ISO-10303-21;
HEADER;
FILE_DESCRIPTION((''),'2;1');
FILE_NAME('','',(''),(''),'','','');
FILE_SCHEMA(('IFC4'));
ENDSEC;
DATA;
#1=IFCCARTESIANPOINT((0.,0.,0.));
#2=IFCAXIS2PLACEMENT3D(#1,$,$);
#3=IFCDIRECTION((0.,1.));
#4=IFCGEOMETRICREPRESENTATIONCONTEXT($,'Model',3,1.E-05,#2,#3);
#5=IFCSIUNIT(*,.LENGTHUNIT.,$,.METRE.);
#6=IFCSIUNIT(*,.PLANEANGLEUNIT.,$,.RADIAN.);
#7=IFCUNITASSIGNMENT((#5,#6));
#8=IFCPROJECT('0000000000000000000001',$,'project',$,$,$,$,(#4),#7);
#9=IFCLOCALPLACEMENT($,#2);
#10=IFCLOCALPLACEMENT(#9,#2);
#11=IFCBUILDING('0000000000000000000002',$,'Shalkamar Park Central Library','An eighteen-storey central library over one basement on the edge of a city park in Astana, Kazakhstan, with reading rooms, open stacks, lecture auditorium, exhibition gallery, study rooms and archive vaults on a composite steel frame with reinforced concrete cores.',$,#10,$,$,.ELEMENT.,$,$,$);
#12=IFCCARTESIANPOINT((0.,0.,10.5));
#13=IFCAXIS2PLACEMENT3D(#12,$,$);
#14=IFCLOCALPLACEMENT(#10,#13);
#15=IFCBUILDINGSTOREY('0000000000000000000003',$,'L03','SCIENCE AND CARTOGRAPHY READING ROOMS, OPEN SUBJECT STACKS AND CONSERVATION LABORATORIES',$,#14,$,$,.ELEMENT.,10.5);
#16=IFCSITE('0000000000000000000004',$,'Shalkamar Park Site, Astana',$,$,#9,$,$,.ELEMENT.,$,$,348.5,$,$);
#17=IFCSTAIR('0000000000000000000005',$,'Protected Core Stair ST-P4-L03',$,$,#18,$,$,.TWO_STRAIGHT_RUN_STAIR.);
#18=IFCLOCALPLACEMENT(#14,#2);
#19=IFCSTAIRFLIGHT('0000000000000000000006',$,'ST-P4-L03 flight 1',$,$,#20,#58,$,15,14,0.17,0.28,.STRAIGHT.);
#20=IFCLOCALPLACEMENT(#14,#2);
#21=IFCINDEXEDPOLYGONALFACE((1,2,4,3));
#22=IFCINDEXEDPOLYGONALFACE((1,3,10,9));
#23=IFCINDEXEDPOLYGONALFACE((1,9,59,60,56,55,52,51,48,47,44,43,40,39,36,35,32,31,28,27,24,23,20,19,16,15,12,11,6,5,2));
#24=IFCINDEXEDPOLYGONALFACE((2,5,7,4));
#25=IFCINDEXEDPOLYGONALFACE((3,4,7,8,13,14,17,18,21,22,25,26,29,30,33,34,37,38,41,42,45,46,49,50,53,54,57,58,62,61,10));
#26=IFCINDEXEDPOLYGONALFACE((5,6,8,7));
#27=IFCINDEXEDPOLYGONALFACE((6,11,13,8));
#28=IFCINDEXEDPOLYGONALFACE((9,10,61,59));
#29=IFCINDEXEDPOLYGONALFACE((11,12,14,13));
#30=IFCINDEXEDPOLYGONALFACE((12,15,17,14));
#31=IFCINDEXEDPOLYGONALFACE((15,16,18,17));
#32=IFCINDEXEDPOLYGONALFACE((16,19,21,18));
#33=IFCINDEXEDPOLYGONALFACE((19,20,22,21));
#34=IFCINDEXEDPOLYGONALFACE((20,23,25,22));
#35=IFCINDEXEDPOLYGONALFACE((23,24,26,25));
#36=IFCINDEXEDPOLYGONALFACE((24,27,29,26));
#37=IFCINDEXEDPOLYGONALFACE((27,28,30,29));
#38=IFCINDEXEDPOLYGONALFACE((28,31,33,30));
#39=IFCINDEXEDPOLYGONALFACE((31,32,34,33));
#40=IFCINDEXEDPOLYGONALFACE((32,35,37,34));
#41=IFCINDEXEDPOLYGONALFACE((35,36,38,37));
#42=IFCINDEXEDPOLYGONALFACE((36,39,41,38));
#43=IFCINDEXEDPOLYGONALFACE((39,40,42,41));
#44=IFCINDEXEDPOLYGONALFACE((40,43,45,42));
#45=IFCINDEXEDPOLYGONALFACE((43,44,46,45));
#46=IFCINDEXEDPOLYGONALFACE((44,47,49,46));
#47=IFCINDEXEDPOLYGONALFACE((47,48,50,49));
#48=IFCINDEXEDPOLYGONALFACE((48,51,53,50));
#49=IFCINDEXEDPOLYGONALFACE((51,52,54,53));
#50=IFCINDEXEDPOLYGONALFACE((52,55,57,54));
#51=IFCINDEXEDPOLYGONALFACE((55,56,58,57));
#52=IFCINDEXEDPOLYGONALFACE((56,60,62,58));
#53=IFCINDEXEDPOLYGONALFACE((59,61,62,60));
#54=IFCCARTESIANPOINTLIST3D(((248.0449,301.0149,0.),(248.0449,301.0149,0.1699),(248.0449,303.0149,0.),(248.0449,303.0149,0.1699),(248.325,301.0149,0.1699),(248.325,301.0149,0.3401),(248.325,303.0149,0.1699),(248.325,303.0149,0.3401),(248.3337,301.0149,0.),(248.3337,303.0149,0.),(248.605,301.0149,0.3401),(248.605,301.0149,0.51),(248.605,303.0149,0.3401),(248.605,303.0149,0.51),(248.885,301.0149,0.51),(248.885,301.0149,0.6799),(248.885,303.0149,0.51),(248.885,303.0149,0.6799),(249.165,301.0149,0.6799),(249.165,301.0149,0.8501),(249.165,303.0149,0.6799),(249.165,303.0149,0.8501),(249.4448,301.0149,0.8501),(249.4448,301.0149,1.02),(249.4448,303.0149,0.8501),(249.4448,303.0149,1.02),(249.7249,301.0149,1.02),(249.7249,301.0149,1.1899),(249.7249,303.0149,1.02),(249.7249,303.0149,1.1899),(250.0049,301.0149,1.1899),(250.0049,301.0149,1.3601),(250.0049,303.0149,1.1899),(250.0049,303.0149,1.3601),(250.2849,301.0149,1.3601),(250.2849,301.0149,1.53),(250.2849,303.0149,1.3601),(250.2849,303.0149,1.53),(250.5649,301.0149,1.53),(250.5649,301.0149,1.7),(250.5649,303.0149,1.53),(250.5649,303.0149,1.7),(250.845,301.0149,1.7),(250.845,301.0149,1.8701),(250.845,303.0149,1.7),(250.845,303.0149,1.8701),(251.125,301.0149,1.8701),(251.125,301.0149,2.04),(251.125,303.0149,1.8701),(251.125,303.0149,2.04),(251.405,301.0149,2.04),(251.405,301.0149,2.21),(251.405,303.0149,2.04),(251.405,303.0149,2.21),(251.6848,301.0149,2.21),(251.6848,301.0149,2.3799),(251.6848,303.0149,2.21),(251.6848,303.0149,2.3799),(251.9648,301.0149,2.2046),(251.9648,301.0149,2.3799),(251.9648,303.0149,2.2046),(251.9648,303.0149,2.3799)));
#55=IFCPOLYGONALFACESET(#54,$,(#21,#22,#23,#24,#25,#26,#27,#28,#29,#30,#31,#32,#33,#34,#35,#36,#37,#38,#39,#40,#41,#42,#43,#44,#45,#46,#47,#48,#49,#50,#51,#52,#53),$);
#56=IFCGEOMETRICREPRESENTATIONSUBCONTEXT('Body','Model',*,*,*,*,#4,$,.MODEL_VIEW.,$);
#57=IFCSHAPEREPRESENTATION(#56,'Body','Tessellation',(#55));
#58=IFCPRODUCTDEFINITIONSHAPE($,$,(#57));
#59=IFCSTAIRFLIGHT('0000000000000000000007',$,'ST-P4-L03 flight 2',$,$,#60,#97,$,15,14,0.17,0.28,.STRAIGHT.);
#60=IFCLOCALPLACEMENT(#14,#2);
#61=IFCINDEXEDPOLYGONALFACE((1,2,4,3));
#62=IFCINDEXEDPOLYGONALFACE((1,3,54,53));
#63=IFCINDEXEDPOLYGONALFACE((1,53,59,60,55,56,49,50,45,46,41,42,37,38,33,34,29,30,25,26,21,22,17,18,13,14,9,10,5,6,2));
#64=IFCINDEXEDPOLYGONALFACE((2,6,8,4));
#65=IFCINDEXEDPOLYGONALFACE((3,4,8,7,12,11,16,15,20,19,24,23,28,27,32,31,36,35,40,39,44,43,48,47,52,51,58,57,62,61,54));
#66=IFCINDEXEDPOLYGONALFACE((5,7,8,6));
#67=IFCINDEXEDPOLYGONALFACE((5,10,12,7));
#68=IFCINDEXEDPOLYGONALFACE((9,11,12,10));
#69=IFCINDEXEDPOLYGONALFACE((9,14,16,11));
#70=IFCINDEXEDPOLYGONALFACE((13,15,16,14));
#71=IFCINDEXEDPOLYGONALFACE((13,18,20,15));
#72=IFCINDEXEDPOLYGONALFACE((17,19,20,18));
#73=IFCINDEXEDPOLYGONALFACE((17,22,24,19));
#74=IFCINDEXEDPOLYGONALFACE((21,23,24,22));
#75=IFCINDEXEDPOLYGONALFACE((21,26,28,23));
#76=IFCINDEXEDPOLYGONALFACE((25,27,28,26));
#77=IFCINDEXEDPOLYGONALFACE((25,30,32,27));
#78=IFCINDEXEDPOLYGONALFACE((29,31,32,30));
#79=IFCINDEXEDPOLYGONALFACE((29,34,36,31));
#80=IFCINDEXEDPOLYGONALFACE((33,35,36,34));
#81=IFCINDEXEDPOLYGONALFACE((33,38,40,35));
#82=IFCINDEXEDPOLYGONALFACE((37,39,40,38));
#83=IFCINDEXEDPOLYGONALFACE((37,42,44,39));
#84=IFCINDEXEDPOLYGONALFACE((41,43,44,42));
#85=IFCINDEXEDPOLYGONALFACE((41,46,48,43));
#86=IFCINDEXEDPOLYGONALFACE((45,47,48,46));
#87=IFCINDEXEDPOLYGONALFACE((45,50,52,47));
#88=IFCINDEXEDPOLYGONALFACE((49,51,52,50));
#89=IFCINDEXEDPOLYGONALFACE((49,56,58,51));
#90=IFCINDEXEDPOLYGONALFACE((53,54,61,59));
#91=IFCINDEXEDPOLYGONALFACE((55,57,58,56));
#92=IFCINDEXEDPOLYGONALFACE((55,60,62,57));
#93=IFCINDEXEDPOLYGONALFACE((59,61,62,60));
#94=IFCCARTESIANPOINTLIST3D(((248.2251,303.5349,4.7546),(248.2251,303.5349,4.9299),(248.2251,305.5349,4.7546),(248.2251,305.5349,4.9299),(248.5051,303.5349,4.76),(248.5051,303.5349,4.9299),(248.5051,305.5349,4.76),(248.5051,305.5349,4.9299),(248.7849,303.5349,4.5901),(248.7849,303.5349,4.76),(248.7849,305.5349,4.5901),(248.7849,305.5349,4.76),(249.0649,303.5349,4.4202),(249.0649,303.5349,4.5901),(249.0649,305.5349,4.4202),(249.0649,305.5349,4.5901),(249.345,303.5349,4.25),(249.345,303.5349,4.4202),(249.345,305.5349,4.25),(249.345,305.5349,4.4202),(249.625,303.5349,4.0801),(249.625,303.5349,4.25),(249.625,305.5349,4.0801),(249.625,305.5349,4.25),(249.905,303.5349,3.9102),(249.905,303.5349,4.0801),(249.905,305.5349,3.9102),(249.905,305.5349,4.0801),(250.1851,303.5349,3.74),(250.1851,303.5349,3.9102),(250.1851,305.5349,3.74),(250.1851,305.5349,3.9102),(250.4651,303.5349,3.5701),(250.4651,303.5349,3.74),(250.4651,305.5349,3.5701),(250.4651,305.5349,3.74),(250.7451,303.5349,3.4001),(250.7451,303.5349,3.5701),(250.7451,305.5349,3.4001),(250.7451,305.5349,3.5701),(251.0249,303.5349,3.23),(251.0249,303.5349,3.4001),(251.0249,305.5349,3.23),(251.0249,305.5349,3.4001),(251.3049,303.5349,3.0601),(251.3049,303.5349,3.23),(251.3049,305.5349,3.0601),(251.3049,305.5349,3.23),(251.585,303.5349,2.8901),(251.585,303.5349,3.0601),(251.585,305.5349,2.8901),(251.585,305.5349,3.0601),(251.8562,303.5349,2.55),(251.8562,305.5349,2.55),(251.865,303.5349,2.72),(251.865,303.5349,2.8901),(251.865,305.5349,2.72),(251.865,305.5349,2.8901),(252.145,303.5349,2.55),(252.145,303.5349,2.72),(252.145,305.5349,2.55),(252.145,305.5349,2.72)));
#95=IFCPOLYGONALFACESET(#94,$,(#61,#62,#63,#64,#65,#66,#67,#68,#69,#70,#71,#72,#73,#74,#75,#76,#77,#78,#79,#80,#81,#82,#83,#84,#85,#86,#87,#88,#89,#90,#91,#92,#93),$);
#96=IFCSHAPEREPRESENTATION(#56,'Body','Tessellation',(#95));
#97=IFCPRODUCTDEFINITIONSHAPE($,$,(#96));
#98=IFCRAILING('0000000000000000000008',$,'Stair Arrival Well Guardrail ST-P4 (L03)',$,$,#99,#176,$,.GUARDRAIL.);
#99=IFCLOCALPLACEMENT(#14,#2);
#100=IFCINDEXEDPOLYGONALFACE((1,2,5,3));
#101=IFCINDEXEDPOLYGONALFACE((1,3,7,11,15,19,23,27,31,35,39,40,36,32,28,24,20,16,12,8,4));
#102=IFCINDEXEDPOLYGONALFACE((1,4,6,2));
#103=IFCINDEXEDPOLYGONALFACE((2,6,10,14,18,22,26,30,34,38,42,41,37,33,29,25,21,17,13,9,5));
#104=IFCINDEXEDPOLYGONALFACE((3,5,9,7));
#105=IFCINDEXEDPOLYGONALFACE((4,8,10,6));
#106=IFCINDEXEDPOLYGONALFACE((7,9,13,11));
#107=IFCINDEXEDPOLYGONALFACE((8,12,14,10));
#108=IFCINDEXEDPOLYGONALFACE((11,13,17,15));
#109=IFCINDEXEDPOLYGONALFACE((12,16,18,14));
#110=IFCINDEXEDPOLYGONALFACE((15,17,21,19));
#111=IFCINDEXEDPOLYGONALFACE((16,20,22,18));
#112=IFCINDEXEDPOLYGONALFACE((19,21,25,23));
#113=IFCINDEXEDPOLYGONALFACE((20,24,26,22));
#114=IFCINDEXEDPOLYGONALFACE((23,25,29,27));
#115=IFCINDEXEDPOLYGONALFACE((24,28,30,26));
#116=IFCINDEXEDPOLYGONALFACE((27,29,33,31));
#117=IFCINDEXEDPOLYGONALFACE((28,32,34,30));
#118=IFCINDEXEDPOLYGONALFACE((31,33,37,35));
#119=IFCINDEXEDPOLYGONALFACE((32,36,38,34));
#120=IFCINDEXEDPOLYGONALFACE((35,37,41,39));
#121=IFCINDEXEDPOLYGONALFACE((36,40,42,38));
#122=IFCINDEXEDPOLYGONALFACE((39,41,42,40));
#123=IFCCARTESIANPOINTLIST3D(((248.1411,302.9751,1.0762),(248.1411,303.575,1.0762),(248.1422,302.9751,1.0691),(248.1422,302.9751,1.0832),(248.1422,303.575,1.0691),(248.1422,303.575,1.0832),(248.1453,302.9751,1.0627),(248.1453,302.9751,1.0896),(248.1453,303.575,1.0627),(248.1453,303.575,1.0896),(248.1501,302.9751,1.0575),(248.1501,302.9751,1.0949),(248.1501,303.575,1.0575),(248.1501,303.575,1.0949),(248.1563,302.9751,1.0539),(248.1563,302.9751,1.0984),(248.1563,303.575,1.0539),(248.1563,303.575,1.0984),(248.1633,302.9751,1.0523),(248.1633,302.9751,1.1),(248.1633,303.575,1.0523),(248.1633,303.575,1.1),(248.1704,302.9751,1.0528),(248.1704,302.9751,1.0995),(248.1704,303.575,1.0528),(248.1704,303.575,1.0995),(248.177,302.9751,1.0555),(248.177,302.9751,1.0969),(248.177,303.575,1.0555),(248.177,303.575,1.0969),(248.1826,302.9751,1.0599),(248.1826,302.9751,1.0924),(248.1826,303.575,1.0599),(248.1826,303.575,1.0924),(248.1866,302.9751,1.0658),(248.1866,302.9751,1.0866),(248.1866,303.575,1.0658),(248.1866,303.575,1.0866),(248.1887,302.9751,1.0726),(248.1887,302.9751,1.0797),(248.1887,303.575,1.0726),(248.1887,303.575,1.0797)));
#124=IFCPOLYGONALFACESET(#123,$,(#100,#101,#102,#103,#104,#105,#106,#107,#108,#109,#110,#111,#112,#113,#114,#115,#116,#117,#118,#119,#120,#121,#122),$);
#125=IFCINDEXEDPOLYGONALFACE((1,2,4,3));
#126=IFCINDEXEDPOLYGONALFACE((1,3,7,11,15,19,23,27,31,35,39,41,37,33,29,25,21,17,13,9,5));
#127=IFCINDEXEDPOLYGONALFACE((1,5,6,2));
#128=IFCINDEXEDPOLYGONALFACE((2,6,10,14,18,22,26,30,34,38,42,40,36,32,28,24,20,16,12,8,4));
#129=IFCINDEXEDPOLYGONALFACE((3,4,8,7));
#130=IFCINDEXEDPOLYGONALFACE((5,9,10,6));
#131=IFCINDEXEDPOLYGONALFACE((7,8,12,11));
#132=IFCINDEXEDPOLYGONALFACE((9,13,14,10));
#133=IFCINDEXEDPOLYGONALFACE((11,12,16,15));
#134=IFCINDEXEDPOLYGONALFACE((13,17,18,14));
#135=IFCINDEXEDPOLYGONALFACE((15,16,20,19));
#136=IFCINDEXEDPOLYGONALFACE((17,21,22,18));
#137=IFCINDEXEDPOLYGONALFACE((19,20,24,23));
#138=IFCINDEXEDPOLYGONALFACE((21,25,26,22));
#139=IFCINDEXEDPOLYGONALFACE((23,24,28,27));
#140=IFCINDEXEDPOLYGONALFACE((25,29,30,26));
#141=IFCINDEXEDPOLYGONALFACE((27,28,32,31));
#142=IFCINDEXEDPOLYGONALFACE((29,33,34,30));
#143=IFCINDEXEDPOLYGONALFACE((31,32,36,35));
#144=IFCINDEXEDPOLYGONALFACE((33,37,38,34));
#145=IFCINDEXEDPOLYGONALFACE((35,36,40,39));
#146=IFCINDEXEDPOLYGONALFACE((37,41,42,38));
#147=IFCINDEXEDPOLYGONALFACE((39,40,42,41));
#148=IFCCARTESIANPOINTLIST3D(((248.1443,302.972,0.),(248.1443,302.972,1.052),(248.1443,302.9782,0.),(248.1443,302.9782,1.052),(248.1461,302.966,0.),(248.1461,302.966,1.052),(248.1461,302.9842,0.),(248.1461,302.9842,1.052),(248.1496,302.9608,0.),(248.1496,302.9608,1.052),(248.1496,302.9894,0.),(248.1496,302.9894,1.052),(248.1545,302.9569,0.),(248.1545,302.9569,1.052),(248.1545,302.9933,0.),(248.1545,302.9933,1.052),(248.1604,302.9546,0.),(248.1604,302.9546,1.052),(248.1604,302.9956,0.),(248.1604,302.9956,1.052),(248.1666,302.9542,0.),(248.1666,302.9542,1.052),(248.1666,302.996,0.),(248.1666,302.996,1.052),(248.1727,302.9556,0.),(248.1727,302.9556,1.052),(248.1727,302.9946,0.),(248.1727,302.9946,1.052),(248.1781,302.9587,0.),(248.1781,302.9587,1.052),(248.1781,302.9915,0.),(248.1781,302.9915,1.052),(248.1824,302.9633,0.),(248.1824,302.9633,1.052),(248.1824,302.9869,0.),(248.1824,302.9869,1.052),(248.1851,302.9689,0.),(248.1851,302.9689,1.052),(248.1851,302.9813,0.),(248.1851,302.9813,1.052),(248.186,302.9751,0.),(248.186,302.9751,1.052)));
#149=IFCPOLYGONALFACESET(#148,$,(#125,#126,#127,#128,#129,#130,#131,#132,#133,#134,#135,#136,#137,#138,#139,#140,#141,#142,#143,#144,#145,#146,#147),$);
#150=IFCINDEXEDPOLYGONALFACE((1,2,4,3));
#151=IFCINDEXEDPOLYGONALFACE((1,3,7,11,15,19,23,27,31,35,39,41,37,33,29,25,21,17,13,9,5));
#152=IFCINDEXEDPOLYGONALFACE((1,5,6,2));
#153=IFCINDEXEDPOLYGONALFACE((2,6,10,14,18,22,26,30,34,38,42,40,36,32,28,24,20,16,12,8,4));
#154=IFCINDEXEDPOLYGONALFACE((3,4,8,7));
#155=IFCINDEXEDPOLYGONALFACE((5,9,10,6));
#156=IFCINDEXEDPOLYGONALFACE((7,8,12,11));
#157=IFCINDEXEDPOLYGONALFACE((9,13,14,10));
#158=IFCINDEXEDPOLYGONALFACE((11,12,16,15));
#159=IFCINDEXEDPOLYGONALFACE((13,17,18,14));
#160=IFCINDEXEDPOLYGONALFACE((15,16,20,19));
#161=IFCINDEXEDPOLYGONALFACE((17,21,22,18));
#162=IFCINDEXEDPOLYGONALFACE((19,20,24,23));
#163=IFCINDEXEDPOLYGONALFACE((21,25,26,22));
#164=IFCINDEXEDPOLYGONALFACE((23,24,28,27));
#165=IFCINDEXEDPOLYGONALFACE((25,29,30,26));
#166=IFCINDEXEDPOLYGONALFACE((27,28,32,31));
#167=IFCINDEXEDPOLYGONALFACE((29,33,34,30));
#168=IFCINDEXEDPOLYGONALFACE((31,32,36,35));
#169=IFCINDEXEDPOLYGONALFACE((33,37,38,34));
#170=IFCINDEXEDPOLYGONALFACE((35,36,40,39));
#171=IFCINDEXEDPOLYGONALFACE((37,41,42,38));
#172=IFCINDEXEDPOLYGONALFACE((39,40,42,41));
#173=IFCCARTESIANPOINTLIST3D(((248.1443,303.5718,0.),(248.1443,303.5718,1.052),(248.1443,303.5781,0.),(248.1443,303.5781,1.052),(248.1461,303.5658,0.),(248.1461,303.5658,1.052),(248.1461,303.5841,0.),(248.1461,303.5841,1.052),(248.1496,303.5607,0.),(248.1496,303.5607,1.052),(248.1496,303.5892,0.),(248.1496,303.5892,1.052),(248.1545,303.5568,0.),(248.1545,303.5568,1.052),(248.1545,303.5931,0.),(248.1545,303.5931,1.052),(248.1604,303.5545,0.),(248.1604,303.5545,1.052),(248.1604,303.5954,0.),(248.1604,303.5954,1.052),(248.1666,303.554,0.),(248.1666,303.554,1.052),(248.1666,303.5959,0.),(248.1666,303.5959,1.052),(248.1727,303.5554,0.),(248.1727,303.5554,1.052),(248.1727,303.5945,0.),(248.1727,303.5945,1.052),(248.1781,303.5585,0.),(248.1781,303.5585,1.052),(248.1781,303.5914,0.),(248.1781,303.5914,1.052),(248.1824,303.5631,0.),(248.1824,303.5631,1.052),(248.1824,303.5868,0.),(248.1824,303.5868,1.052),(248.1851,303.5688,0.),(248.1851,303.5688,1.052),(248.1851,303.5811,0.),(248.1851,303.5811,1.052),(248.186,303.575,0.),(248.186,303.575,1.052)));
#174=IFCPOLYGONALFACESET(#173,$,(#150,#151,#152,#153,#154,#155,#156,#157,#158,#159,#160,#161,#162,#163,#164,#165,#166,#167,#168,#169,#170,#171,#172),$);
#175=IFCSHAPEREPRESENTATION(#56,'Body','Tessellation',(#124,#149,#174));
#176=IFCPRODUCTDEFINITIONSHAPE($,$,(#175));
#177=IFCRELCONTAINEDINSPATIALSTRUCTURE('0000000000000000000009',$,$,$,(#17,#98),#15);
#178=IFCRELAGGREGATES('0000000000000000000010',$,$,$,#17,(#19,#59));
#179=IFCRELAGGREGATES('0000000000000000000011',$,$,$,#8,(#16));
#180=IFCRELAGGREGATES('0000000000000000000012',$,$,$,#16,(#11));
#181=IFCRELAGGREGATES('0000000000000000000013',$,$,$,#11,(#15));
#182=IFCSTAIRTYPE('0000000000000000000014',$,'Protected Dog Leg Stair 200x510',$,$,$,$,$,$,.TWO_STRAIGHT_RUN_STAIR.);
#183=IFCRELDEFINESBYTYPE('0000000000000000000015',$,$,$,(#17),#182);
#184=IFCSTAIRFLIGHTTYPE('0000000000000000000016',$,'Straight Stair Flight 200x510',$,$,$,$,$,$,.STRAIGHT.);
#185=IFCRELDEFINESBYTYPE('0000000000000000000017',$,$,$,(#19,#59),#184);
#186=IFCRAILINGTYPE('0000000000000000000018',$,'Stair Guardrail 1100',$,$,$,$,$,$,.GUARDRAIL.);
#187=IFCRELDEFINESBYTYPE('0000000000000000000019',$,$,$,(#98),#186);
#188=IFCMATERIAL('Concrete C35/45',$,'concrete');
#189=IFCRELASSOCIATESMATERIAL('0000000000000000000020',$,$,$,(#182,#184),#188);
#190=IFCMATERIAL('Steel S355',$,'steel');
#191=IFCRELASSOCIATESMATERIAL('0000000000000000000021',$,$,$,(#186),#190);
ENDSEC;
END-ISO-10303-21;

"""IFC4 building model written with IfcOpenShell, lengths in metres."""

from ifc_helpers import new_model, si_unit, direction, frame, origin, origin_2d, place, context, subcontext, project, spatial, polyline, circle, outline, extrude, material, type_object, element, aggregate, save


model = new_model("IFC4")

# Units and contexts
model_context = context("Model", 3, precision=1e-05, world=origin(), true_north=direction((0.0, 1.0)))
body_context = subcontext(model_context, "Body", "Model", "MODEL_VIEW")
ifc_project = project(units=[si_unit("LENGTHUNIT", "METRE"), si_unit("PLANEANGLEUNIT", "RADIAN")], contexts=[model_context])

# Site, building, storey
site_placement = place(None, origin())
site = spatial("IfcSite", under=ifc_project, at=site_placement, Name="Shalkamar Park Site, Astana", CompositionType="ELEMENT", RefElevation=348.5)
building_placement = place(site_placement, origin())
building = spatial("IfcBuilding", under=site, at=building_placement, Name="Shalkamar Park Central Library", Description="An eighteen-storey central library over one basement on the edge of a city park in Astana, Kazakhstan, with reading rooms, open stacks, lecture auditorium, exhibition gallery, study rooms and archive vaults on a composite steel frame with reinforced concrete cores.", CompositionType="ELEMENT")
storey_placement = place(building_placement, frame((0.0, 0.0, 10.5)))
storey = spatial("IfcBuildingStorey", under=building, at=storey_placement, Name="L03", Description="SCIENCE AND CARTOGRAPHY READING ROOMS, OPEN SUBJECT STACKS AND CONSERVATION LABORATORIES", CompositionType="ELEMENT", Elevation=10.5)

# Shared definitions
ifc_material_1 = material(Name="Steel S355", Category="steel")

# Stair, stair flights
ifc_material_2 = material(Name="Concrete C35/45", Category="concrete")
stair_type = type_object("IfcStairType", Name="Protected Dog Leg Stair 200x510", PredefinedType="TWO_STRAIGHT_RUN_STAIR", material=ifc_material_2)
stair_placement = place(storey_placement, origin())
stair = element("IfcStair", 1, at=stair_placement, inside=storey, type_object=stair_type, Name="Protected Core Stair ST-P4-L03", PredefinedType="TWO_STRAIGHT_RUN_STAIR")
stair_flight_type = type_object("IfcStairFlightType", Name="Straight Stair Flight 200x510", PredefinedType="STRAIGHT", material=ifc_material_2)
stair_flight_1_placement = place(storey_placement, frame((248.0449, 302.0149, 0.0), z_axis=(0.0, 0.0, 1.0), x_axis=(1.0, 0.0, 0.0)))
stair_flight_1 = element("IfcStairFlight", 2, at=stair_flight_1_placement, type_object=stair_flight_type, Name="ST-P4-L03 flight 1", NumberOfRisers=15, NumberOfTreads=14, PredefinedType="STRAIGHT", RiserHeight=0.17, TreadLength=0.28, context=body_context, shape_type="SweptSolid", body=[
    extrude(outline(polyline([(0.0, 0.0), (0.0, 0.1699), (0.28, 0.1699), (0.28, 0.3401), (0.5601, 0.3401), (0.5601, 0.51), (0.8401, 0.51), (0.8401, 0.6799), (1.1201, 0.6799), (1.1201, 0.8501), (1.3999, 0.8501), (1.3999, 1.02), (1.6799, 1.02), (1.6799, 1.1899), (1.96, 1.1899), (1.96, 1.3601), (2.24, 1.3601), (2.24, 1.53), (2.52, 1.53), (2.52, 1.7), (2.8, 1.7), (2.8, 1.8701), (3.0801, 1.8701), (3.0801, 2.04), (3.3601, 2.04), (3.3601, 2.21), (3.6399, 2.21), (3.6399, 2.3799), (3.9199, 2.3799), (3.9199, 2.55), (3.9199, 2.2046), (0.2888, 0.0), (0.0, 0.0)])), frame((0.0, 1.0, 0.0), z_axis=(0.0, -1.0, 0.0), x_axis=(1.0, 0.0, 0.0)), (0.0, 0.0, 1.0), 2.0),
])
stair_flight_2_placement = place(storey_placement, frame((252.145, 304.5349, 2.55), z_axis=(0.0, 0.0, 1.0), x_axis=(-1.0, 0.0, 0.0)))
stair_flight_2 = element("IfcStairFlight", 3, at=stair_flight_2_placement, type_object=stair_flight_type, Name="ST-P4-L03 flight 2", NumberOfRisers=15, NumberOfTreads=14, PredefinedType="STRAIGHT", RiserHeight=0.17, TreadLength=0.28, context=body_context, shape_type="SweptSolid", body=[
    extrude(outline(polyline([(0.0, 0.0), (0.0, 0.1699), (0.28, 0.1699), (0.28, 0.3401), (0.5601, 0.3401), (0.5601, 0.51), (0.8401, 0.51), (0.8401, 0.6799), (1.1201, 0.6799), (1.1201, 0.8501), (1.3999, 0.8501), (1.3999, 1.02), (1.6799, 1.02), (1.6799, 1.1899), (1.96, 1.1899), (1.96, 1.3601), (2.24, 1.3601), (2.24, 1.53), (2.52, 1.53), (2.52, 1.7), (2.8, 1.7), (2.8, 1.8701), (3.0801, 1.8701), (3.0801, 2.04), (3.3601, 2.04), (3.3601, 2.21), (3.6399, 2.21), (3.6399, 2.3799), (3.9199, 2.3799), (3.9199, 2.55), (3.9199, 2.2046), (0.2888, 0.0), (0.0, 0.0)])), frame((0.0, 1.0, 0.0), z_axis=(0.0, -1.0, 0.0), x_axis=(1.0, 0.0, 0.0)), (0.0, 0.0, 1.0), 2.0),
])
aggregate(stair, [stair_flight_1, stair_flight_2])

# Railing
railing_type_1 = type_object("IfcRailingType", Name="Stair Guardrail 1100", PredefinedType="GUARDRAIL", material=ifc_material_1)
railing_1_placement = place(storey_placement, frame((248.165, 302.9751, 0.0)))
element("IfcRailing", 4, at=railing_1_placement, inside=storey, type_object=railing_type_1, Name="Stair Arrival Well Guardrail ST-P4 (L03)", PredefinedType="GUARDRAIL", context=body_context, shape_type="SweptSolid", body=[
    extrude(circle(Radius=0.0239, at=origin_2d()), frame((0.0, 0.0, 1.0762), z_axis=(0.0, 1.0, 0.0), x_axis=(-1.0, 0.0, 0.0)), (0.0, 0.0, 1.0), 0.5999),
    extrude(circle(Radius=0.021, at=origin_2d()), origin(), (0.0, 0.0, 1.0), 1.052),
    extrude(circle(Radius=0.021, at=origin_2d()), frame((0.0, 0.5999, 0.0)), (0.0, 0.0, 1.0), 1.052),
])

save(model, "model.ifc")
